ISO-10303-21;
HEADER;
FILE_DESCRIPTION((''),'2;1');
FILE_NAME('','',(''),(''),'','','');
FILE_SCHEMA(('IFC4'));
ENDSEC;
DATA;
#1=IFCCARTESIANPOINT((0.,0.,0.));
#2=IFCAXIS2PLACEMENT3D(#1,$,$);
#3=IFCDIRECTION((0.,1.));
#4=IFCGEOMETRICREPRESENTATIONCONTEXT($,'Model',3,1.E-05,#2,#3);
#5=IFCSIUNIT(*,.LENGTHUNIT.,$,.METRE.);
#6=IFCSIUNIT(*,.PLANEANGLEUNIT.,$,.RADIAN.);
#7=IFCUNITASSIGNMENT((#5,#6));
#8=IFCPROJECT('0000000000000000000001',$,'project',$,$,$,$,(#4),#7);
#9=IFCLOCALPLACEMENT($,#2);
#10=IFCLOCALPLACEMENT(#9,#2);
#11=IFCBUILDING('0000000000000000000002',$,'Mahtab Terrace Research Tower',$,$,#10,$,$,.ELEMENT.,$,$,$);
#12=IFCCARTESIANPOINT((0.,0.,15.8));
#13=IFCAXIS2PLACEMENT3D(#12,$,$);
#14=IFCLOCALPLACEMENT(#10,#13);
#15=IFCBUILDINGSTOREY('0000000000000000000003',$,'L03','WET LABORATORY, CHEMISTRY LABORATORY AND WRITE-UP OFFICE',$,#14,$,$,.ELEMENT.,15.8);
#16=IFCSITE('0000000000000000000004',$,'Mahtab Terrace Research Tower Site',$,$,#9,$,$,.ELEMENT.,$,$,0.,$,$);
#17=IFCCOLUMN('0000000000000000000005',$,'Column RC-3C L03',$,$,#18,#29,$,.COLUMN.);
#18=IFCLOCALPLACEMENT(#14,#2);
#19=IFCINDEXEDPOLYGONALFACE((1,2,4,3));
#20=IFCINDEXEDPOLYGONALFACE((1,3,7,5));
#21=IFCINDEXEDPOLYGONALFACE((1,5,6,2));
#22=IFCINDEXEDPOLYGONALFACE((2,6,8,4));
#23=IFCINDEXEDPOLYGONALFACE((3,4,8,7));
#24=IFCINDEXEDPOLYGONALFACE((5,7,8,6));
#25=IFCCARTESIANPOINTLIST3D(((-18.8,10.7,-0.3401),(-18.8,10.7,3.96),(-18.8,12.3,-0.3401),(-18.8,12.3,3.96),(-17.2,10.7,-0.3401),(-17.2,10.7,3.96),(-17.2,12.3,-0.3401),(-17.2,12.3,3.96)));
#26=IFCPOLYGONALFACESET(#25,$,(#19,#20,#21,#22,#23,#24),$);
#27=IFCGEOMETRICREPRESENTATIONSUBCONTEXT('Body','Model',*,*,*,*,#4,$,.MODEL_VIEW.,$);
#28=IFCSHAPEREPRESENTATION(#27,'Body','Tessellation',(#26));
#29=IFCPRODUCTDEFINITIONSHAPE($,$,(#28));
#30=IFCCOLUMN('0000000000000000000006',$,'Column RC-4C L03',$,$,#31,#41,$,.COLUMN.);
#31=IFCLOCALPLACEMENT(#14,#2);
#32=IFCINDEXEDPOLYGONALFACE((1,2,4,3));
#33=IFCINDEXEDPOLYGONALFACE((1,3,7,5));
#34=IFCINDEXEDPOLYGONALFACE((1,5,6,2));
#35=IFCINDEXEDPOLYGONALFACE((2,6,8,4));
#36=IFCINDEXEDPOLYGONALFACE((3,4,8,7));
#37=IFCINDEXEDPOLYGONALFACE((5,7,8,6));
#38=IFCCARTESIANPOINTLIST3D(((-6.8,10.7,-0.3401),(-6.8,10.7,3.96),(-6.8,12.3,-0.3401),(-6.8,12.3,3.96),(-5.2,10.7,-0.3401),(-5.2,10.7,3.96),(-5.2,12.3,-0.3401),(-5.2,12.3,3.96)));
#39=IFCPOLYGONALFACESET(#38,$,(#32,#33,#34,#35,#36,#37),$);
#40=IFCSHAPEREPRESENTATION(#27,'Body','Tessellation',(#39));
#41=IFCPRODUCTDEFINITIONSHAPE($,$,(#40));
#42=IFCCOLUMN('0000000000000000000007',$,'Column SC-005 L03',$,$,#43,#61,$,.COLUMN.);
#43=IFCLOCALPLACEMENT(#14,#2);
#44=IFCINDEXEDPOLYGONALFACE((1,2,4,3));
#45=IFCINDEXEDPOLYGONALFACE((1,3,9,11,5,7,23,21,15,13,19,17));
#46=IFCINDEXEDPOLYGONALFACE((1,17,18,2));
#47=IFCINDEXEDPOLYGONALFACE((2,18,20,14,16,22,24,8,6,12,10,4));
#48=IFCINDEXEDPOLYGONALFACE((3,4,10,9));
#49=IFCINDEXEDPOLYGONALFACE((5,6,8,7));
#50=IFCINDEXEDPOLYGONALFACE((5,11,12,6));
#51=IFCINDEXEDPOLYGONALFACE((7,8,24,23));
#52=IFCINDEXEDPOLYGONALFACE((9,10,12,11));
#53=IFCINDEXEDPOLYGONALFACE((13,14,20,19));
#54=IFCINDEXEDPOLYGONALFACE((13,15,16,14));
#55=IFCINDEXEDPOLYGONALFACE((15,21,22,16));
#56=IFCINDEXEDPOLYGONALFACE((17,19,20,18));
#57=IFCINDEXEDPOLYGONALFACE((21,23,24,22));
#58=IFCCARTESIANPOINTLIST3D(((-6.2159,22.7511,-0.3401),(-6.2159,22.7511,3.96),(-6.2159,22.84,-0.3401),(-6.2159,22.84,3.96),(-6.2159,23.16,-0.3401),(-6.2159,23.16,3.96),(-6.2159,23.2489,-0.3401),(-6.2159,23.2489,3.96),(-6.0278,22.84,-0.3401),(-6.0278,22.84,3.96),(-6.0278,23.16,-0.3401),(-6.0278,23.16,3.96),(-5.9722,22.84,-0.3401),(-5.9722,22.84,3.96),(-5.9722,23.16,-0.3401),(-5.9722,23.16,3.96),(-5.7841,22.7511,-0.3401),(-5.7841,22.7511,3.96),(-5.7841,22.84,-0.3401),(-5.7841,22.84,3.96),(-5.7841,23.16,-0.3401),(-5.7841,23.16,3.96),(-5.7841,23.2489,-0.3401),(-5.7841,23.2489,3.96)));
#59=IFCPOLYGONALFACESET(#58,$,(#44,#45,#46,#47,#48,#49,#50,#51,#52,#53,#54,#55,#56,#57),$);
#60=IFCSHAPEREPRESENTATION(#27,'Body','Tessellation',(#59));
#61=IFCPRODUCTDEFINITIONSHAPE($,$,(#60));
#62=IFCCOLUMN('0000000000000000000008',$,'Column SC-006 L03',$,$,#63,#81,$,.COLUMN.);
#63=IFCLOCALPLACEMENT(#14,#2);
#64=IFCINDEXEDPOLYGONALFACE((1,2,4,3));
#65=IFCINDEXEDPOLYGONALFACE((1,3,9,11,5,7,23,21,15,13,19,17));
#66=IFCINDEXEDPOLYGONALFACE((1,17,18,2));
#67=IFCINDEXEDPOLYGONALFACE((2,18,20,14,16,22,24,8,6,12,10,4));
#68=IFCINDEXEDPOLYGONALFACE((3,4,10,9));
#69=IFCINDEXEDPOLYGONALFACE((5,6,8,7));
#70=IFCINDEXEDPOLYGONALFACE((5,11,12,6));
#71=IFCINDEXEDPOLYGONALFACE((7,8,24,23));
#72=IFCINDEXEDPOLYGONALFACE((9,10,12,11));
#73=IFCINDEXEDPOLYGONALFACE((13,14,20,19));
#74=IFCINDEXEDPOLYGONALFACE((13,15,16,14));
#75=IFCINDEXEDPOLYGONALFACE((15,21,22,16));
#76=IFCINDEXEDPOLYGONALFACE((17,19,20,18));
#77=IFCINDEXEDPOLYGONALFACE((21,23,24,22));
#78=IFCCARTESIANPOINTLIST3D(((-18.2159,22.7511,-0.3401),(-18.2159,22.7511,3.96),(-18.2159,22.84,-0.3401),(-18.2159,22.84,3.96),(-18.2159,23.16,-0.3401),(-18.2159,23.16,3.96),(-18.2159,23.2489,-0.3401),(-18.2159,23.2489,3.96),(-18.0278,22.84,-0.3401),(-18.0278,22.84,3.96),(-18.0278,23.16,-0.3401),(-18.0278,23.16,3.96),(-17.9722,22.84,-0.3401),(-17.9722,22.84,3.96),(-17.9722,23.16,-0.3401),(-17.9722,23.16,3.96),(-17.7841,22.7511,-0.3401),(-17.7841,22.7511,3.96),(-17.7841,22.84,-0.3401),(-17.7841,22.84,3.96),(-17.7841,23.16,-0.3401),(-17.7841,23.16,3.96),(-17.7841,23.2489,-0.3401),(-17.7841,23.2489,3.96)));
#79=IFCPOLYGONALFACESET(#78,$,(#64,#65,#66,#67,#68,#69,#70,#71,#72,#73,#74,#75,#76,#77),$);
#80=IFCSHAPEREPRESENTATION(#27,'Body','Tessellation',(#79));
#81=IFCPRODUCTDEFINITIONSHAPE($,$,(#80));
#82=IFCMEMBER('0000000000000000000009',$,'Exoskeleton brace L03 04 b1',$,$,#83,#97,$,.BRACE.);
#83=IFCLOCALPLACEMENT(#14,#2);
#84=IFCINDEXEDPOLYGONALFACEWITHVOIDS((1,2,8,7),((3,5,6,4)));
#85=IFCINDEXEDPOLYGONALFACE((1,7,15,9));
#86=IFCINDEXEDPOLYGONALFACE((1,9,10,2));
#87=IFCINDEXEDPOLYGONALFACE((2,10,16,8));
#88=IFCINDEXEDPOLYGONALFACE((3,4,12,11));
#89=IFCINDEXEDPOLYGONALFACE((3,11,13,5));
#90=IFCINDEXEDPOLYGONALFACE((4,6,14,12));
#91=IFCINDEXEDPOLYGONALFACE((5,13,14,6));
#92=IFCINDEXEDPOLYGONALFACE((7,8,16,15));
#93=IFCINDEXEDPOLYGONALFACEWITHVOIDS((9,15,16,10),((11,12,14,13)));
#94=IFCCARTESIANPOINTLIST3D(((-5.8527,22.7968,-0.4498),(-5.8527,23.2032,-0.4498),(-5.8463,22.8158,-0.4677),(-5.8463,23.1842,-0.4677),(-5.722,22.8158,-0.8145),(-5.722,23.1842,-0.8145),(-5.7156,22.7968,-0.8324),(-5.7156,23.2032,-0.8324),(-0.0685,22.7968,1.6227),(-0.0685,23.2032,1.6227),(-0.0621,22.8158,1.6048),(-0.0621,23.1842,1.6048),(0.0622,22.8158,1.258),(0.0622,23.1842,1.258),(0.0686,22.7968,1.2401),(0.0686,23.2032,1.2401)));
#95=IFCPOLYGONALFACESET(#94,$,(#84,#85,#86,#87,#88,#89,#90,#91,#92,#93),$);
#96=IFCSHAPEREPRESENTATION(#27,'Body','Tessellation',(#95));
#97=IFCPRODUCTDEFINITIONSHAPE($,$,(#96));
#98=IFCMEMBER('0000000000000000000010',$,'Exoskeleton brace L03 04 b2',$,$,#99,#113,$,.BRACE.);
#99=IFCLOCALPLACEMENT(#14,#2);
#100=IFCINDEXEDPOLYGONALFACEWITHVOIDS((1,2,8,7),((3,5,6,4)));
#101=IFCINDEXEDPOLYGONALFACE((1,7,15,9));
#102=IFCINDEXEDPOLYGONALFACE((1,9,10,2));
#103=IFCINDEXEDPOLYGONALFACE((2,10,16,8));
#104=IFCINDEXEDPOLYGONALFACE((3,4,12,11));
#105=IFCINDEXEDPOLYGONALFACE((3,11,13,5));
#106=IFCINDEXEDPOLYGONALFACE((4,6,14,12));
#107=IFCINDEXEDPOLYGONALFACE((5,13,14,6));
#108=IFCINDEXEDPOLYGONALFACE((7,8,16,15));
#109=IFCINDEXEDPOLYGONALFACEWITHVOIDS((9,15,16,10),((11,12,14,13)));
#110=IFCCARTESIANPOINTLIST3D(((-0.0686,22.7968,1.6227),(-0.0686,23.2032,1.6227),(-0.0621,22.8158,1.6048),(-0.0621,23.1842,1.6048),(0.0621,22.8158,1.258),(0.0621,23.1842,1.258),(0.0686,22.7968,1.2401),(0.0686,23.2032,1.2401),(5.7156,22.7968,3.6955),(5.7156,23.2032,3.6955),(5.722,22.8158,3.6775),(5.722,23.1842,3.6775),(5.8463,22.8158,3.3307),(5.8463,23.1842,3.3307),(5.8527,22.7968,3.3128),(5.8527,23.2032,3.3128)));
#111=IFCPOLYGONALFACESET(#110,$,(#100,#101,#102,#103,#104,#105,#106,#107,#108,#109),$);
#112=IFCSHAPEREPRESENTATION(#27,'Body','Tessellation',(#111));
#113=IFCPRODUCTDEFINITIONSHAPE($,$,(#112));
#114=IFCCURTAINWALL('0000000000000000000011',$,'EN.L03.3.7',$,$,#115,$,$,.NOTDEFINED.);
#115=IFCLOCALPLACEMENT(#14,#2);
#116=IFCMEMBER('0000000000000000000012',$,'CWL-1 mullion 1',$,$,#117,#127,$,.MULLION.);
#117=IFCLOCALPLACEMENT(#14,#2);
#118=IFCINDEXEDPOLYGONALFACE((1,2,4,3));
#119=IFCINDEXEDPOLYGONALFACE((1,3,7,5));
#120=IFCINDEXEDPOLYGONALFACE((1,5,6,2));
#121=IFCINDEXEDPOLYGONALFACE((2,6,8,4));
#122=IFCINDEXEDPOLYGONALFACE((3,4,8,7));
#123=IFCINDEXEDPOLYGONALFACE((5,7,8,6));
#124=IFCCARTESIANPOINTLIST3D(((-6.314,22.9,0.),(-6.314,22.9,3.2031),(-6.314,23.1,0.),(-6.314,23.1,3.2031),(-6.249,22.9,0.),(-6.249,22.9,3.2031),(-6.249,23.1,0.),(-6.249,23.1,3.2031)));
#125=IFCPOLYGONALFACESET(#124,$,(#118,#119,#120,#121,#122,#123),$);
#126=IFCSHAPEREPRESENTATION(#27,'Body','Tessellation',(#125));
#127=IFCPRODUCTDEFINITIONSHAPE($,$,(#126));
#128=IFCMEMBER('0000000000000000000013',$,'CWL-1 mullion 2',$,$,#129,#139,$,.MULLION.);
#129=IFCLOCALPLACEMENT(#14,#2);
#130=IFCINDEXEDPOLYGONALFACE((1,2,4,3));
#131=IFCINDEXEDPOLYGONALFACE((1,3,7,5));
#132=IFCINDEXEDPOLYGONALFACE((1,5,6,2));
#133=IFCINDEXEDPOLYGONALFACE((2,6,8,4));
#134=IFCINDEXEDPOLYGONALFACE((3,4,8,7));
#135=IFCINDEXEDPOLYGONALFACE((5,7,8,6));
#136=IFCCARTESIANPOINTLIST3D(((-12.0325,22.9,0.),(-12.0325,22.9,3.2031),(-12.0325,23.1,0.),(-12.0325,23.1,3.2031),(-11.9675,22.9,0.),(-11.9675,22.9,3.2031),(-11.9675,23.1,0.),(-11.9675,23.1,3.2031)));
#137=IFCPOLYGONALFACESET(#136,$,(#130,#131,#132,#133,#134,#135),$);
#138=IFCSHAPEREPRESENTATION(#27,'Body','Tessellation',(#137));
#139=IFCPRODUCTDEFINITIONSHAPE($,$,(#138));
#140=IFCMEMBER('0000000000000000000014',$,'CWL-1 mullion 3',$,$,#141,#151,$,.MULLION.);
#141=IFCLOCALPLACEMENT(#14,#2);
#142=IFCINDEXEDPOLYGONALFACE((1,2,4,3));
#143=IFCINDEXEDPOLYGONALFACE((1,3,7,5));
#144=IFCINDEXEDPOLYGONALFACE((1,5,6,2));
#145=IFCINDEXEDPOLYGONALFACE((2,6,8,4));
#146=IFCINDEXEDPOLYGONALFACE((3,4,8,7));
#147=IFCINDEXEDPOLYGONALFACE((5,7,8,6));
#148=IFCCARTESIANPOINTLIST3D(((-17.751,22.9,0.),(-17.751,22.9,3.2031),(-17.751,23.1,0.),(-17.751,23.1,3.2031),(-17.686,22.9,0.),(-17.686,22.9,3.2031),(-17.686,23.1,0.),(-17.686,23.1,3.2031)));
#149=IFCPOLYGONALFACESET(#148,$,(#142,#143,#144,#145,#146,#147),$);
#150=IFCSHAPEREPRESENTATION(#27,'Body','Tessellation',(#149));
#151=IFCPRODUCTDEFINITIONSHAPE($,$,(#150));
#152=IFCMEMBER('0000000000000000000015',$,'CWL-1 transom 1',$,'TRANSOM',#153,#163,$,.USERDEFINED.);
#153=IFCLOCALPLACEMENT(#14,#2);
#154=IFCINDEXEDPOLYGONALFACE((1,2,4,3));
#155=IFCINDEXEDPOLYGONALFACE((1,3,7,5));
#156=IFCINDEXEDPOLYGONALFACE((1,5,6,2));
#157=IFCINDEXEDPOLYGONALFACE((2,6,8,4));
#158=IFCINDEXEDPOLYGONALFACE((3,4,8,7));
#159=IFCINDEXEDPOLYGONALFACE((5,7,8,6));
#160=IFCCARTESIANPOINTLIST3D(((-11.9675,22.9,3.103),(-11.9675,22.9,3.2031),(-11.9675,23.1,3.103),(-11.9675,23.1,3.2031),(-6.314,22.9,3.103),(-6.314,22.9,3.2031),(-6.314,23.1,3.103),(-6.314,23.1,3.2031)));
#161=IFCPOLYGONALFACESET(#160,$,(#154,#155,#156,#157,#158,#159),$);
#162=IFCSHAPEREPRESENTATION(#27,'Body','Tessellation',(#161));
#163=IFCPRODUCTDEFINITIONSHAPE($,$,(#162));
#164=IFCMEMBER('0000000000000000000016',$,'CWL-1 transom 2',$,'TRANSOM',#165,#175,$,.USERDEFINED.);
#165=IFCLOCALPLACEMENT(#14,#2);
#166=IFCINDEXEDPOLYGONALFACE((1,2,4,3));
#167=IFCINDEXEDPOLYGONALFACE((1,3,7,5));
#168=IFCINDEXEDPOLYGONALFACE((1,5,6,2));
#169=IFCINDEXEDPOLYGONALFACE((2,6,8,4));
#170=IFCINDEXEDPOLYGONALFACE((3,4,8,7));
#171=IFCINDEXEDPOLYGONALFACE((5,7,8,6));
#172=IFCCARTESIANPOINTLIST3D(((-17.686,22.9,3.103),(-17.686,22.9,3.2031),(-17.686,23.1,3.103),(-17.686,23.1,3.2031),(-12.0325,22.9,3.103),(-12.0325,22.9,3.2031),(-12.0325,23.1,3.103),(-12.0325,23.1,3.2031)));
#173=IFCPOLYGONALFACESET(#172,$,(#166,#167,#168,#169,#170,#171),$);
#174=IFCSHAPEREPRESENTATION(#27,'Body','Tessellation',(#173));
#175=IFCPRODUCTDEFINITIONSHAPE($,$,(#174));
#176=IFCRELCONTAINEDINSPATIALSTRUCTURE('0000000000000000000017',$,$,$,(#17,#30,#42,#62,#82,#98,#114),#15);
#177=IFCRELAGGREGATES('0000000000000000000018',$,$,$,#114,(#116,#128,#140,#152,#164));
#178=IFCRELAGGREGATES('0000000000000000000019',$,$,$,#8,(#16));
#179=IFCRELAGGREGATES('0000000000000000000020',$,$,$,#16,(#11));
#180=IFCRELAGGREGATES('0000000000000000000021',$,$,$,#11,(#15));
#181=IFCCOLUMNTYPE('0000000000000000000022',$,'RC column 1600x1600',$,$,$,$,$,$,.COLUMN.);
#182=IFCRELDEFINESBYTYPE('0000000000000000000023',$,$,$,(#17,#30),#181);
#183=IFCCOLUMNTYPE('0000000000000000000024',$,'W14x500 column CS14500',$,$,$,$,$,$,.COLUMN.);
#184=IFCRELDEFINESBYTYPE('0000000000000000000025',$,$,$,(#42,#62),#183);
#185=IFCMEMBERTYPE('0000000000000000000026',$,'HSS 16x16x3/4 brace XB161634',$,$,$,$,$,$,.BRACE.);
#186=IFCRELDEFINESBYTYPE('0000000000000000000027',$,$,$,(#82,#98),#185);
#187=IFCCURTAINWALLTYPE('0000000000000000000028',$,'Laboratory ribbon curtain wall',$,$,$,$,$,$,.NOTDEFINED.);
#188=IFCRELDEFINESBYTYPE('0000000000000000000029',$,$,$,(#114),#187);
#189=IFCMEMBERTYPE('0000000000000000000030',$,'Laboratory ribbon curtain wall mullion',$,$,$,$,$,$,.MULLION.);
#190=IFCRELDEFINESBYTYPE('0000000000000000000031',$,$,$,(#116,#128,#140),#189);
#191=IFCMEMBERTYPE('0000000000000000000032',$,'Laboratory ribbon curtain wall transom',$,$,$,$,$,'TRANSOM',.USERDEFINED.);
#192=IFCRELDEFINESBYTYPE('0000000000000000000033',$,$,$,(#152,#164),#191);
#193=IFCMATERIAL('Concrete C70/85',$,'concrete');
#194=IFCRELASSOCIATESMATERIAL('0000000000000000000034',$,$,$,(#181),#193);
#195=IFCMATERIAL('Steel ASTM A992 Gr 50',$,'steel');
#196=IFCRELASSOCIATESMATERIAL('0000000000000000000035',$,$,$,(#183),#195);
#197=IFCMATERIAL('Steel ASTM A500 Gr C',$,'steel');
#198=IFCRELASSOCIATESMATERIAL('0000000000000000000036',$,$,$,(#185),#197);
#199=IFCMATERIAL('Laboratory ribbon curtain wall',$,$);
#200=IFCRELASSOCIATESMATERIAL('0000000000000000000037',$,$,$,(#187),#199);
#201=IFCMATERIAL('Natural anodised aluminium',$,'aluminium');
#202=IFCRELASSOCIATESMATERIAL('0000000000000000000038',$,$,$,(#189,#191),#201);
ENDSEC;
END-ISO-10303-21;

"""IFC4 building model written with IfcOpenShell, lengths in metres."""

from ifc_helpers import new_model, si_unit, direction, frame, origin, origin_2d, place, context, subcontext, project, spatial, rectangle, hollow_rectangle, i_section, extrude, material, material_profile, profile_set, type_object, element, aggregate, save


model = new_model("IFC4")

# Units and contexts
model_context = context("Model", 3, precision=1e-05, world=origin(), true_north=direction((0.0, 1.0)))
body_context = subcontext(model_context, "Body", "Model", "MODEL_VIEW")
ifc_project = project(units=[si_unit("LENGTHUNIT", "METRE"), si_unit("PLANEANGLEUNIT", "RADIAN")], contexts=[model_context])

# Site, building, storey
site_placement = place(None, origin())
site = spatial("IfcSite", under=ifc_project, at=site_placement, Name="Mahtab Terrace Research Tower Site", CompositionType="ELEMENT", RefElevation=0.0)
building_placement = place(site_placement, origin())
building = spatial("IfcBuilding", under=site, at=building_placement, Name="Mahtab Terrace Research Tower", CompositionType="ELEMENT")
storey_placement = place(building_placement, frame((0.0, 0.0, 15.8)))
storey = spatial("IfcBuildingStorey", under=building, at=storey_placement, Name="L03", Description="WET LABORATORY, CHEMISTRY LABORATORY AND WRITE-UP OFFICE", CompositionType="ELEMENT", Elevation=15.8)

# Columns
ifc_material_1 = material(Name="Concrete C70/85", Category="concrete")
ifc_material_profile_1 = material_profile(ifc_material_1, rectangle(XDim=1.6001, YDim=1.6001, at=origin_2d()), Name="RC column 1600x1600")
ifc_profile_set_1 = profile_set([ifc_material_profile_1], Name="Concrete C70/85")
column_type_1 = type_object("IfcColumnType", Name="RC column 1600x1600", PredefinedType="COLUMN", material=ifc_profile_set_1)
for number, where, z_axis, x_axis, name in (
    (1, (-18.0, 11.5, -0.3401), (0.0, 0.0, 1.0), (1.0, 0.0, 0.0), "Column RC-3C L03"),
    (2, (-6.0, 11.5, -0.3401), (0.0, 0.0, 1.0), (1.0, 0.0, 0.0), "Column RC-4C L03"),
):
    element("IfcColumn", number, at=place(storey_placement, frame(where, z_axis=z_axis, x_axis=x_axis)), inside=storey, type_object=column_type_1, Name=name, PredefinedType="COLUMN", context=body_context, shape_type="SweptSolid", body=[
        extrude(rectangle(XDim=1.6001, YDim=1.6001, at=origin_2d()), origin(), (0.0, 0.0, 1.0), 4.3),
    ])
ifc_material_2 = material(Name="Steel ASTM A992 Gr 50", Category="steel")
ifc_material_profile_2 = material_profile(ifc_material_2, i_section(OverallWidth=0.4319, OverallDepth=0.4978, WebThickness=0.0557, FlangeThickness=0.0889, at=origin_2d()), Name="W14X500")
ifc_profile_set_2 = profile_set([ifc_material_profile_2], Name="Steel ASTM A992 Gr 50")
column_type_2 = type_object("IfcColumnType", Name="W14x500 column CS14500", PredefinedType="COLUMN", material=ifc_profile_set_2)
for number, where, z_axis, x_axis, name in (
    (3, (-6.0, 23.0, -0.3401), (0.0, 0.0, 1.0), (1.0, 0.0, 0.0), "Column SC-005 L03"),
    (4, (-18.0, 23.0, -0.3401), (0.0, 0.0, 1.0), (1.0, 0.0, 0.0), "Column SC-006 L03"),
):
    element("IfcColumn", number, at=place(storey_placement, frame(where, z_axis=z_axis, x_axis=x_axis)), inside=storey, type_object=column_type_2, Name=name, PredefinedType="COLUMN", context=body_context, shape_type="SweptSolid", body=[
        extrude(i_section(OverallWidth=0.4319, OverallDepth=0.4978, WebThickness=0.0557, FlangeThickness=0.0889, at=origin_2d()), origin(), (0.0, 0.0, 1.0), 4.3),
    ])

# Members
ifc_material_3 = material(Name="Steel ASTM A500 Gr C", Category="steel")
ifc_material_profile_3 = material_profile(ifc_material_3, hollow_rectangle(XDim=0.4065, YDim=0.4065, WallThickness=0.019, at=origin_2d()), Name="HSS16X16X3/4")
ifc_profile_set_3 = profile_set([ifc_material_profile_3], Name="Steel ASTM A500 Gr C")
member_type_1 = type_object("IfcMemberType", Name="HSS 16x16x3/4 brace XB161634", PredefinedType="BRACE", material=ifc_profile_set_3)
for number, where, z_axis, x_axis, name in (
    (5, (-5.7842, 23.0, -0.6411), (0.941394, 0.0, 0.337308), (0.0, 1.0, 0.0), "Exoskeleton brace L03 04 b1"),
    (6, (0.0, 23.0, 1.4314), (0.941382, 0.0, 0.337343), (0.0, 1.0, 0.0), "Exoskeleton brace L03 04 b2"),
):
    element("IfcMember", number, at=place(storey_placement, frame(where, z_axis=z_axis, x_axis=x_axis)), inside=storey, type_object=member_type_1, Name=name, PredefinedType="BRACE", context=body_context, shape_type="SweptSolid", body=[
        extrude(hollow_rectangle(XDim=0.4065, YDim=0.4065, WallThickness=0.019, at=origin_2d()), origin(), (0.0, 0.0, 1.0), 6.1443),
    ])

# Curtain wall, members
ifc_material_4 = material(Name="Laboratory ribbon curtain wall")
curtain_wall_type = type_object("IfcCurtainWallType", Name="Laboratory ribbon curtain wall", PredefinedType="NOTDEFINED", material=ifc_material_4)
curtain_wall_placement = place(storey_placement, origin())
curtain_wall = element("IfcCurtainWall", 7, at=curtain_wall_placement, inside=storey, type_object=curtain_wall_type, Name="EN.L03.3.7", PredefinedType="NOTDEFINED")
ifc_material_5 = material(Name="Natural anodised aluminium", Category="aluminium")
ifc_material_profile_4 = material_profile(ifc_material_5, rectangle(XDim=0.2, YDim=0.0649, at=origin_2d()), Name="MULLION 65x200")
ifc_profile_set_4 = profile_set([ifc_material_profile_4], Name="Natural anodised aluminium")
member_type_2 = type_object("IfcMemberType", Name="Laboratory ribbon curtain wall mullion", PredefinedType="MULLION", material=ifc_profile_set_4)
member_1_placement = place(storey_placement, frame((-6.2815, 23.0, 0.0), z_axis=(0.0, 0.0, 1.0), x_axis=(0.0, -1.0, 0.0)))
member_1 = element("IfcMember", 8, at=member_1_placement, type_object=member_type_2, Name="CWL-1 mullion 1", PredefinedType="MULLION", context=body_context, shape_type="SweptSolid", body=[
    extrude(rectangle(XDim=0.2, YDim=0.0649, at=origin_2d()), origin(), (0.0, 0.0, 1.0), 3.2031),
])
member_2_placement = place(storey_placement, frame((-12.0, 23.0, 0.0), z_axis=(0.0, 0.0, 1.0), x_axis=(0.0, -1.0, 0.0)))
member_2 = element("IfcMember", 9, at=member_2_placement, type_object=member_type_2, Name="CWL-1 mullion 2", PredefinedType="MULLION", context=body_context, shape_type="SweptSolid", body=[
    extrude(rectangle(XDim=0.2, YDim=0.0649, at=origin_2d()), origin(), (0.0, 0.0, 1.0), 3.2031),
])
member_3_placement = place(storey_placement, frame((-17.7185, 23.0, 0.0), z_axis=(0.0, 0.0, 1.0), x_axis=(0.0, -1.0, 0.0)))
member_3 = element("IfcMember", 10, at=member_3_placement, type_object=member_type_2, Name="CWL-1 mullion 3", PredefinedType="MULLION", context=body_context, shape_type="SweptSolid", body=[
    extrude(rectangle(XDim=0.2, YDim=0.0649, at=origin_2d()), origin(), (0.0, 0.0, 1.0), 3.2031),
])
ifc_material_profile_5 = material_profile(ifc_material_5, rectangle(XDim=0.2, YDim=0.1001, at=origin_2d()), Name="TRANSOM 100x200")
ifc_profile_set_5 = profile_set([ifc_material_profile_5], Name="Natural anodised aluminium")
member_type_3 = type_object("IfcMemberType", Name="Laboratory ribbon curtain wall transom", ElementType="TRANSOM", PredefinedType="USERDEFINED", material=ifc_profile_set_5)
member_4_placement = place(storey_placement, frame((-6.314, 23.0, 3.1531), z_axis=(-1.0, 0.0, 0.0), x_axis=(0.0, -1.0, 0.0)))
member_4 = element("IfcMember", 11, at=member_4_placement, type_object=member_type_3, Name="CWL-1 transom 1", ObjectType="TRANSOM", PredefinedType="USERDEFINED", context=body_context, shape_type="SweptSolid", body=[
    extrude(rectangle(XDim=0.2, YDim=0.1001, at=origin_2d()), origin(), (0.0, 0.0, 1.0), 5.6536),
])
member_5_placement = place(storey_placement, frame((-12.0325, 23.0, 3.1531), z_axis=(-1.0, 0.0, 0.0), x_axis=(0.0, -1.0, 0.0)))
member_5 = element("IfcMember", 12, at=member_5_placement, type_object=member_type_3, Name="CWL-1 transom 2", ObjectType="TRANSOM", PredefinedType="USERDEFINED", context=body_context, shape_type="SweptSolid", body=[
    extrude(rectangle(XDim=0.2, YDim=0.1001, at=origin_2d()), origin(), (0.0, 0.0, 1.0), 5.6536),
])

aggregate(curtain_wall, [member_1, member_2, member_3, member_4, member_5])

save(model, "model.ifc")
